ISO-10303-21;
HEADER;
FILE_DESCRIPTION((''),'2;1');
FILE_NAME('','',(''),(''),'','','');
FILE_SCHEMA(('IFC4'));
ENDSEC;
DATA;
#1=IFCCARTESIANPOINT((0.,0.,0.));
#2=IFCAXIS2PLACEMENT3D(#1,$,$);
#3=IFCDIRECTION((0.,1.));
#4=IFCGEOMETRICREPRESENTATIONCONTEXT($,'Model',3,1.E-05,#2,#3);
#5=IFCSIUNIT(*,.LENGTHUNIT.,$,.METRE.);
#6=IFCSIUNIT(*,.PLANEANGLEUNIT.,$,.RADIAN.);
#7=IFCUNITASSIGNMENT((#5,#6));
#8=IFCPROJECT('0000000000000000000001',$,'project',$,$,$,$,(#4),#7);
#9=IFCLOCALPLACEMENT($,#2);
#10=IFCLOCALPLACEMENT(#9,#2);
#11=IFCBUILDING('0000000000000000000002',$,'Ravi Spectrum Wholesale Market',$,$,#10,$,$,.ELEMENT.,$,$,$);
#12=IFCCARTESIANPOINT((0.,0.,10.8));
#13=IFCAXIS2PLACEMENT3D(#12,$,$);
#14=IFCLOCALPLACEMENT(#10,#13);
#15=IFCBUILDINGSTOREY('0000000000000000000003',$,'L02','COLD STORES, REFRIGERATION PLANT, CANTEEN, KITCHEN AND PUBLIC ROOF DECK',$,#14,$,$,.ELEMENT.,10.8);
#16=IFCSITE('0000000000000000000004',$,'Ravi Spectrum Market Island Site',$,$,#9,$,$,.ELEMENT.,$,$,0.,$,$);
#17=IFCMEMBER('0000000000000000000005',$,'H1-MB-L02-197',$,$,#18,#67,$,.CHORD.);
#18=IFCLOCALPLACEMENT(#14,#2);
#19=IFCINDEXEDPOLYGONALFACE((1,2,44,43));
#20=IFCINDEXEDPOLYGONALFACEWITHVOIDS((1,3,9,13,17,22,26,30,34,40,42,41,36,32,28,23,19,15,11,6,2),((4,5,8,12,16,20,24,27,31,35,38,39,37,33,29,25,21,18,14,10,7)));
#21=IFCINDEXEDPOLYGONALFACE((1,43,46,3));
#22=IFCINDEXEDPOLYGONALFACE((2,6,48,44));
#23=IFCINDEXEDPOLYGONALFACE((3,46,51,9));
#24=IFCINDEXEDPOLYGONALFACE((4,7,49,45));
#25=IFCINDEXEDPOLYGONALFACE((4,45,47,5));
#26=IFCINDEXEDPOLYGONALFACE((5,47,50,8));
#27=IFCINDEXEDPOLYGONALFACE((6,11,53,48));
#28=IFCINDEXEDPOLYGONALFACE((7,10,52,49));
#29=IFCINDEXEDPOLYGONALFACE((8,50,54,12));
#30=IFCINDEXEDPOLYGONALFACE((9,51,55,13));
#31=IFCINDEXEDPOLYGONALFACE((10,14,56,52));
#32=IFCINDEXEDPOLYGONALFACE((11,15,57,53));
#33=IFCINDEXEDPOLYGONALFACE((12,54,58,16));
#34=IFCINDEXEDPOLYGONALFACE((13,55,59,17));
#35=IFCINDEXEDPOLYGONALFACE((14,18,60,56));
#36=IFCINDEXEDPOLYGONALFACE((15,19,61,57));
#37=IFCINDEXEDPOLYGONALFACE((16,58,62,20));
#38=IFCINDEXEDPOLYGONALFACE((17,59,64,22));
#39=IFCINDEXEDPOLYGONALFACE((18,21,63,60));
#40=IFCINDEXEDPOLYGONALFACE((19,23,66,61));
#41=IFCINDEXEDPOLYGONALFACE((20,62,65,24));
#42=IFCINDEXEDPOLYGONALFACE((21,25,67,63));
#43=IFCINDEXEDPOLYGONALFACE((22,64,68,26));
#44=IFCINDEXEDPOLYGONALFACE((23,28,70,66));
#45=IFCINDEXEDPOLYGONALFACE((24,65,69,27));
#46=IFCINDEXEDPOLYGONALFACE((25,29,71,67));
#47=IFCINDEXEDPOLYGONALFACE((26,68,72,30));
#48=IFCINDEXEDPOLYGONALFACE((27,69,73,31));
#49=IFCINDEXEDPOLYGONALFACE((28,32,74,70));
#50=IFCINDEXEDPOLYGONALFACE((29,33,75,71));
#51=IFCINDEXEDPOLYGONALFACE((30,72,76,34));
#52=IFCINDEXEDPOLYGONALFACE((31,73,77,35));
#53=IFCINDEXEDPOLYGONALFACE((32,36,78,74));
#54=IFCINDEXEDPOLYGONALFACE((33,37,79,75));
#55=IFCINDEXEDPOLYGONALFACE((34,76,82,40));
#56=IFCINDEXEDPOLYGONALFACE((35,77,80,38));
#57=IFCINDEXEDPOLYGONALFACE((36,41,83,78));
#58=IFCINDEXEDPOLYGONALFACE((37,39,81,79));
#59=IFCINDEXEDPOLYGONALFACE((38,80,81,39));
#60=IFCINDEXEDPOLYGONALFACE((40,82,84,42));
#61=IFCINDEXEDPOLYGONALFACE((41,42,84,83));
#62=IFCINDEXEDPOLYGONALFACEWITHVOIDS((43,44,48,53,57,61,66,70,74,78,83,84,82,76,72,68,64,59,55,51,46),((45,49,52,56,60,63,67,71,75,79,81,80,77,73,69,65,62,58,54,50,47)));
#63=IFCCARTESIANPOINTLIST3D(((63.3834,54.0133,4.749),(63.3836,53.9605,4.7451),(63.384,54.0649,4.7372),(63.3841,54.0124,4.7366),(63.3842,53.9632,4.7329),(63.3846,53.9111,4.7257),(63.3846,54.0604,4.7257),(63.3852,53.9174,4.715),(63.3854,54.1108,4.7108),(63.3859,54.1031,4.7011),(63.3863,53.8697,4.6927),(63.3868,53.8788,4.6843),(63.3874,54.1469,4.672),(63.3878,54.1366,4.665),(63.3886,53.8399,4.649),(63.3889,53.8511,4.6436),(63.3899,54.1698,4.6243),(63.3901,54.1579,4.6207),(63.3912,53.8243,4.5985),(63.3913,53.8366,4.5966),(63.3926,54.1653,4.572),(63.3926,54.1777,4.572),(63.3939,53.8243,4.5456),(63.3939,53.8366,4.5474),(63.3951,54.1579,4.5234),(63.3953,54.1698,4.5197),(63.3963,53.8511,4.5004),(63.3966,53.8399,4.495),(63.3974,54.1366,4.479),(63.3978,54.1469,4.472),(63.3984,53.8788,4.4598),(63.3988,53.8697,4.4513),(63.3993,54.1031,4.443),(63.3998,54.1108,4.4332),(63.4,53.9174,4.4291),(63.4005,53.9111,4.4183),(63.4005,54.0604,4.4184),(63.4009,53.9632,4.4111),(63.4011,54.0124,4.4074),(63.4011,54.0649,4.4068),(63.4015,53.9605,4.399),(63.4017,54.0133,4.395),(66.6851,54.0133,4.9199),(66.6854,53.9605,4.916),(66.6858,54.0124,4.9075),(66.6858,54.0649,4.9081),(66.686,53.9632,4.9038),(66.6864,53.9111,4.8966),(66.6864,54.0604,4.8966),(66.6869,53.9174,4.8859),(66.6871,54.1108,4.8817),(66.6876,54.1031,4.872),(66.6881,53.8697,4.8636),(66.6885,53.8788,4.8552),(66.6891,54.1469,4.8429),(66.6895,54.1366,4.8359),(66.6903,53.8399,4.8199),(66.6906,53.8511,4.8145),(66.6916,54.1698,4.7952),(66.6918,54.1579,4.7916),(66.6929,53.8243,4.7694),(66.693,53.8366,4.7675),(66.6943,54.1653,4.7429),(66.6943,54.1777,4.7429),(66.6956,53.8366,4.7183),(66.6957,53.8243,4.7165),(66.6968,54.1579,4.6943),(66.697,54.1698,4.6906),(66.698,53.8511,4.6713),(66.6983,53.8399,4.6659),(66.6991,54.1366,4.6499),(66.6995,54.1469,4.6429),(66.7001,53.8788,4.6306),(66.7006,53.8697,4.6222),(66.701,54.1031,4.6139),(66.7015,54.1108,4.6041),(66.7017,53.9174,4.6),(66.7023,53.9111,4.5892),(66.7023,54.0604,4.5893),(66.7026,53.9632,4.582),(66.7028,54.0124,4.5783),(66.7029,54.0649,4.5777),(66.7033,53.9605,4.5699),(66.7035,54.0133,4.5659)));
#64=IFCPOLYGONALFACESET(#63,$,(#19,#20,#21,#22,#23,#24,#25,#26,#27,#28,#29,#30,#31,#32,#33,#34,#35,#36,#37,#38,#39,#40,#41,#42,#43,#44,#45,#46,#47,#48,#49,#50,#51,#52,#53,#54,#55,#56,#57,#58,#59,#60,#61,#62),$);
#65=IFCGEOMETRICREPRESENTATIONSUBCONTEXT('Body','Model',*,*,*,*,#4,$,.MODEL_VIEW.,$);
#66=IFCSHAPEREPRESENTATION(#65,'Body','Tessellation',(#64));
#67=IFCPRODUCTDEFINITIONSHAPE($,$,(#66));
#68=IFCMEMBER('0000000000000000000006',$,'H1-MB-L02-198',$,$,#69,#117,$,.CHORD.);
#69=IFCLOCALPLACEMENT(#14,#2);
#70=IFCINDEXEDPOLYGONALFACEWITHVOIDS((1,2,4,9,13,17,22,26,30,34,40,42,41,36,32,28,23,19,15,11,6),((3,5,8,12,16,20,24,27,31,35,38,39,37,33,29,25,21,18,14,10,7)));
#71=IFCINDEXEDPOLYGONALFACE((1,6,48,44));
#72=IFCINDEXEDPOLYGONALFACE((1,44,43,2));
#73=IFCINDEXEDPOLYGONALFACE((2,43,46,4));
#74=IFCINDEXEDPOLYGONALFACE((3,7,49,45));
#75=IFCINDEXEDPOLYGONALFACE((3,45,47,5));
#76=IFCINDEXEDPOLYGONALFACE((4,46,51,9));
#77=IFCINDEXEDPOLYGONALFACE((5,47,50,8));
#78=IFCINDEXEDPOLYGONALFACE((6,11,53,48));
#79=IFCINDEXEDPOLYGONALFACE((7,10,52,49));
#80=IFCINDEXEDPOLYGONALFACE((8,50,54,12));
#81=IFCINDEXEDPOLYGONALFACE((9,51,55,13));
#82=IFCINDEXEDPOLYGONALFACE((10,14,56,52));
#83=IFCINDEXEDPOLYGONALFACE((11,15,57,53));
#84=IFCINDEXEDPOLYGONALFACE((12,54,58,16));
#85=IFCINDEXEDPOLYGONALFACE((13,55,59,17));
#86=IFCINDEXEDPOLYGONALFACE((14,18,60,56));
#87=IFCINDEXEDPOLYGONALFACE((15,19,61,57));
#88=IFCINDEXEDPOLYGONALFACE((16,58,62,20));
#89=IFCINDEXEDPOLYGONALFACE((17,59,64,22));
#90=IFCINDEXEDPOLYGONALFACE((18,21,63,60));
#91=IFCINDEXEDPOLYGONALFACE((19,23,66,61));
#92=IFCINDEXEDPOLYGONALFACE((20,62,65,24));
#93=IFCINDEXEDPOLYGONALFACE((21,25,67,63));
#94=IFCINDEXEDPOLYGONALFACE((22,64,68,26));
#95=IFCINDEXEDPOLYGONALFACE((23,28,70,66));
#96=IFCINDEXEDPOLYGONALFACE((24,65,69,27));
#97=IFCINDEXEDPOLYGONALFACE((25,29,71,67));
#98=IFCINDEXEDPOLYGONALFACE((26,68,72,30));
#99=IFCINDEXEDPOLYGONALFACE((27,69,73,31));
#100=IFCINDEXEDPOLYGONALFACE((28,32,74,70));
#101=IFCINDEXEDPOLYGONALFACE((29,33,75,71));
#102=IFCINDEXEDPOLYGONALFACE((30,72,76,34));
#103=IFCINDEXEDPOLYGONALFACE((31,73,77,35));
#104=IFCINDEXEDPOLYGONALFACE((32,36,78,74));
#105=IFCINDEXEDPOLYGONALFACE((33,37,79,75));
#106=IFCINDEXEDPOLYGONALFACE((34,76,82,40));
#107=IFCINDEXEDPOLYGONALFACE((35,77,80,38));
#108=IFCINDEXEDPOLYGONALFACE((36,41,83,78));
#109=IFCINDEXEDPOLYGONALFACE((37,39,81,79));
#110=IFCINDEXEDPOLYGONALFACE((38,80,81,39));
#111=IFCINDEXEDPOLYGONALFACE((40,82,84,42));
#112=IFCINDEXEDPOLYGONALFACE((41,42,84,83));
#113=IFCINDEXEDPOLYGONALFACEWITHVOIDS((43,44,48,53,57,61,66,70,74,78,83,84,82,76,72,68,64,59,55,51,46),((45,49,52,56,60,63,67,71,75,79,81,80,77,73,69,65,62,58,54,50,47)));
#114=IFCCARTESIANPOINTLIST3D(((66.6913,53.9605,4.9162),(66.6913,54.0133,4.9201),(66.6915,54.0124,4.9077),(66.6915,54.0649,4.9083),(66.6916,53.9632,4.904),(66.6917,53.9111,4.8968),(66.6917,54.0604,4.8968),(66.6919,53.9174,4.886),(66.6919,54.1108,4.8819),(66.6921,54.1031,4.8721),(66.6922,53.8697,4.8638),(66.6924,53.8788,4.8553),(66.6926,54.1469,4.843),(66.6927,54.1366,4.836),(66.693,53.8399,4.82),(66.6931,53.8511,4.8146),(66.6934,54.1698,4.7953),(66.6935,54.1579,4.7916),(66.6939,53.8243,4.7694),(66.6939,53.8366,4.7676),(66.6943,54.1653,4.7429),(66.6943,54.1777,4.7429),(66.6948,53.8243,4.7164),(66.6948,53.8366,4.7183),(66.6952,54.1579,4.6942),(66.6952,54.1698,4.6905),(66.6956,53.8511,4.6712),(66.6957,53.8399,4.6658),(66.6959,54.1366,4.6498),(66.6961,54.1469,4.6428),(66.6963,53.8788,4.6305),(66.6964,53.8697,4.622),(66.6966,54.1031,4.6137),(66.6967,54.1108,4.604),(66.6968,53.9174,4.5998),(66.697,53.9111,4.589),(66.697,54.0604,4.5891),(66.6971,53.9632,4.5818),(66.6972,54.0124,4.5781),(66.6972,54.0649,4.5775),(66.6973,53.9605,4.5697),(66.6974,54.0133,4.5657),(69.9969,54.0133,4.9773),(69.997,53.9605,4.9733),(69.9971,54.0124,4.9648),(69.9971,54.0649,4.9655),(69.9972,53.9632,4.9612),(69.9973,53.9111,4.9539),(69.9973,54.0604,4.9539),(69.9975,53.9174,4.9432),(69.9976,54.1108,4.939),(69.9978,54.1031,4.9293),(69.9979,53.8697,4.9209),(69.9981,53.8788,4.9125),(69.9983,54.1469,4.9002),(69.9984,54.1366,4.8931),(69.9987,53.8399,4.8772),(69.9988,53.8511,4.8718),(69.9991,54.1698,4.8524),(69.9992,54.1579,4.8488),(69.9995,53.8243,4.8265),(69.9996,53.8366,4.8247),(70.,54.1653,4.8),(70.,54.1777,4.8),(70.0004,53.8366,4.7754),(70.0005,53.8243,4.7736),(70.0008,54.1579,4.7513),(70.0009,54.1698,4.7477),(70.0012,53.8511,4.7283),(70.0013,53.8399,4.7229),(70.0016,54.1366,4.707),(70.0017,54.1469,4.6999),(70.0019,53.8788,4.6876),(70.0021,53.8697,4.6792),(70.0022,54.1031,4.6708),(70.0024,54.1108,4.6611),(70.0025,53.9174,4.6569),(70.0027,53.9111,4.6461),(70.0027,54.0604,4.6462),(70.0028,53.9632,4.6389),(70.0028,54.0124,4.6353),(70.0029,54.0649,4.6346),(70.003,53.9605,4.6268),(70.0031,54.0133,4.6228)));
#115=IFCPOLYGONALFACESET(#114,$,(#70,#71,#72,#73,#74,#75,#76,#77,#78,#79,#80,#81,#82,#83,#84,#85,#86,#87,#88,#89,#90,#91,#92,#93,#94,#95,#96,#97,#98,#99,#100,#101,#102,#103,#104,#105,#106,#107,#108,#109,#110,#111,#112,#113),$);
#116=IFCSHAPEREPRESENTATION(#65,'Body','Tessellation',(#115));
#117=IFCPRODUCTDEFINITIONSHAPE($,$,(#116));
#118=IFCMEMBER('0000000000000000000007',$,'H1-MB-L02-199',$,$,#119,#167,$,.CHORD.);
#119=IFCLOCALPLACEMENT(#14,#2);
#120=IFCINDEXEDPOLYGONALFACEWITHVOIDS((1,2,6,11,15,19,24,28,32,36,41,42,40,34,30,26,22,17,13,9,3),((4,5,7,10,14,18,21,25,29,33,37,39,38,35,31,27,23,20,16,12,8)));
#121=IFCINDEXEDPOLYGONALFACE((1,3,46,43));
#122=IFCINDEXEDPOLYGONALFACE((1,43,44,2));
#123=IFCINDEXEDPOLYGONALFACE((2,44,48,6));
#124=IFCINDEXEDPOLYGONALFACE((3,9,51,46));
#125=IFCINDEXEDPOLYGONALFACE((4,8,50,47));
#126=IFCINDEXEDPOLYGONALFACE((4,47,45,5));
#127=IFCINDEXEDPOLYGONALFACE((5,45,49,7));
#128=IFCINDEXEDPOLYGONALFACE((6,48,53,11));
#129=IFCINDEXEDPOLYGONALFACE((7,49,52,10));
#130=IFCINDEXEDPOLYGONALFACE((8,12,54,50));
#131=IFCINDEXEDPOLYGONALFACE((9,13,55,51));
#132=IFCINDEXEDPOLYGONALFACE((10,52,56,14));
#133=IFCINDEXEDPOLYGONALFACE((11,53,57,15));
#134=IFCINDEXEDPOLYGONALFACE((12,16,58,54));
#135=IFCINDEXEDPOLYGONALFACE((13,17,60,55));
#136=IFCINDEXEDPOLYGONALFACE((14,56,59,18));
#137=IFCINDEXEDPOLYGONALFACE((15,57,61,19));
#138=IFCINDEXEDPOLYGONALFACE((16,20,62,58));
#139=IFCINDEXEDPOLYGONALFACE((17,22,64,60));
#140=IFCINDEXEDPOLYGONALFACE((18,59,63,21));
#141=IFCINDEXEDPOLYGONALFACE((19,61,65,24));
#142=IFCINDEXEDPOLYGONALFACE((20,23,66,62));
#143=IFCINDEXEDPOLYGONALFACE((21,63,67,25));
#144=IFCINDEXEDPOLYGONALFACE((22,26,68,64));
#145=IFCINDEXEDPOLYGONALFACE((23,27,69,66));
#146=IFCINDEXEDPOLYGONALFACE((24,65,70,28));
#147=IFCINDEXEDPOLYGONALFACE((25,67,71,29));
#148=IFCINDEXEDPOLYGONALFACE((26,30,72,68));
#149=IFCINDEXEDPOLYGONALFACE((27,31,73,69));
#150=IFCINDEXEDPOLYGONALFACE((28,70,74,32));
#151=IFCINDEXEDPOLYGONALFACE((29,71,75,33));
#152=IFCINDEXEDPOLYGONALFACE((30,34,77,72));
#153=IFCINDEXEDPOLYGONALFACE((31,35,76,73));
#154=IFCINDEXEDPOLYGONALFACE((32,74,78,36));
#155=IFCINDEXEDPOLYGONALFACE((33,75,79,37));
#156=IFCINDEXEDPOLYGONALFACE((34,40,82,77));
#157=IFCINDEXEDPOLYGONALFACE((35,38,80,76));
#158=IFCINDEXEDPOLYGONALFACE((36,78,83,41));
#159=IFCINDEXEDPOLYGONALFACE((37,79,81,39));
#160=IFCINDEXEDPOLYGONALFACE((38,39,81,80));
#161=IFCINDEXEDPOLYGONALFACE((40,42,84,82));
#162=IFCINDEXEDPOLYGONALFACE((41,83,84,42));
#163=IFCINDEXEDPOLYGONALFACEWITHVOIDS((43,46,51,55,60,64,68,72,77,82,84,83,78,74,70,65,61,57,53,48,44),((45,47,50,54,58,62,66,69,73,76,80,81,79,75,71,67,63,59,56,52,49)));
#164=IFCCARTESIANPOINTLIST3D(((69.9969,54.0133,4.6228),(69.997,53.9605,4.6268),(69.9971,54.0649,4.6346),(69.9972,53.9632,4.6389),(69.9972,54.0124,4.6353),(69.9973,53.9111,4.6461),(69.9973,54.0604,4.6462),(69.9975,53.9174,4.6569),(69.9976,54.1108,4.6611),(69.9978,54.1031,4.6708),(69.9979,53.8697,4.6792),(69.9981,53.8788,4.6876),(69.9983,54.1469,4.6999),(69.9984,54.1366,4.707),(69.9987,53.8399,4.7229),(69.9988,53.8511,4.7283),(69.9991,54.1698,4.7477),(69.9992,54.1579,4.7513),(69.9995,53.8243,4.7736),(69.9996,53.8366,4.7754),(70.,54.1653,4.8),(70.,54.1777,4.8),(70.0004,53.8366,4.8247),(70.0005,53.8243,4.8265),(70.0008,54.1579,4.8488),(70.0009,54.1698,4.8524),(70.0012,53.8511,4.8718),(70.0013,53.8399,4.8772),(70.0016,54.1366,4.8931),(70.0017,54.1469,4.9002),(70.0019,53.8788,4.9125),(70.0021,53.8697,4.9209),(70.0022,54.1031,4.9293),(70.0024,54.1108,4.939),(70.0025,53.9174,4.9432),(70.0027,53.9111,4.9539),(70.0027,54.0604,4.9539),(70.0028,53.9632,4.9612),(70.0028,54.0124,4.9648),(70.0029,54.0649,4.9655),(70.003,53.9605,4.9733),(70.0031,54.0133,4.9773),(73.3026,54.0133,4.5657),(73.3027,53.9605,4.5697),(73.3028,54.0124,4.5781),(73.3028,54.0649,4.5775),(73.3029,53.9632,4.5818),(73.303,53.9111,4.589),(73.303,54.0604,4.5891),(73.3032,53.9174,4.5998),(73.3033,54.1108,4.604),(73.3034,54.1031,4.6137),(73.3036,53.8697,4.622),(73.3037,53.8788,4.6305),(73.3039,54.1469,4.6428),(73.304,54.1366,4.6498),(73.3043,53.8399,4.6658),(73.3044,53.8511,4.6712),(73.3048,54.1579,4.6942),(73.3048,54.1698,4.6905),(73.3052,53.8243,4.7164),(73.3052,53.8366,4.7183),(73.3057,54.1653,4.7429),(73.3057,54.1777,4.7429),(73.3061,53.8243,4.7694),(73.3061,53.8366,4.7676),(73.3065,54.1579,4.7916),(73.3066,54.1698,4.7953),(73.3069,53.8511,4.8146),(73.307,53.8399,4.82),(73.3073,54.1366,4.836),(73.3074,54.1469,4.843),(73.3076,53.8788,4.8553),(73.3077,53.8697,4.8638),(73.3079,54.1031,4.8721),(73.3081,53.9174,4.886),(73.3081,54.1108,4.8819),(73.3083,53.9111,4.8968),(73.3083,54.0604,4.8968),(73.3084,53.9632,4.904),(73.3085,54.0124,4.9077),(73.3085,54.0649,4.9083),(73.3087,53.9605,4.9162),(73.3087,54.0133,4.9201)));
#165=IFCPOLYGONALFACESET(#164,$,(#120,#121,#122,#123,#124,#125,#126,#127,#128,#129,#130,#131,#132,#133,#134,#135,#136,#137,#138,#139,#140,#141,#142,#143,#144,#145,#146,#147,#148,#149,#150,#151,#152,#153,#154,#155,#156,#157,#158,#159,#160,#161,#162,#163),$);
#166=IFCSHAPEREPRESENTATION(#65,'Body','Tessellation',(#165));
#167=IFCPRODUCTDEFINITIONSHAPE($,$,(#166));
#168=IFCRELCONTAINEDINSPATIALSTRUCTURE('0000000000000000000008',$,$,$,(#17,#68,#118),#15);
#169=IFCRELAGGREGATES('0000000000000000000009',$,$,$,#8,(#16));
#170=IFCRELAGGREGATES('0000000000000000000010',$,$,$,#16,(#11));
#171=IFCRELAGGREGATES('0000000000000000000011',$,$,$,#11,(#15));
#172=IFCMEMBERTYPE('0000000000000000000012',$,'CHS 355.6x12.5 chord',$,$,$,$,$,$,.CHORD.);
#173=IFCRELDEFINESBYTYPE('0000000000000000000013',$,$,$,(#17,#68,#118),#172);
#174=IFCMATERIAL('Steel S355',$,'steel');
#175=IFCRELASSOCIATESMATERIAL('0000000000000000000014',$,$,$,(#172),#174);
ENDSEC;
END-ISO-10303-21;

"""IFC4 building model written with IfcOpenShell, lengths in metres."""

from ifc_helpers import new_model, si_unit, direction, frame, origin, origin_2d, place, context, subcontext, project, spatial, hollow_circle, extrude, material, material_profile, profile_set, type_object, element, save


model = new_model("IFC4")

# Units and contexts
model_context = context("Model", 3, precision=1e-05, world=origin(), true_north=direction((0.0, 1.0)))
body_context = subcontext(model_context, "Body", "Model", "MODEL_VIEW")
ifc_project = project(units=[si_unit("LENGTHUNIT", "METRE"), si_unit("PLANEANGLEUNIT", "RADIAN")], contexts=[model_context])

# Site, building, storey
site_placement = place(None, origin())
site = spatial("IfcSite", under=ifc_project, at=site_placement, Name="Ravi Spectrum Market Island Site", CompositionType="ELEMENT", RefElevation=0.0)
building_placement = place(site_placement, origin())
building = spatial("IfcBuilding", under=site, at=building_placement, Name="Ravi Spectrum Wholesale Market", CompositionType="ELEMENT")
storey_placement = place(building_placement, frame((0.0, 0.0, 10.8)))
storey = spatial("IfcBuildingStorey", under=building, at=storey_placement, Name="L02", Description="COLD STORES, REFRIGERATION PLANT, CANTEEN, KITCHEN AND PUBLIC ROOF DECK", CompositionType="ELEMENT", Elevation=10.8)

# Members
ifc_material_1 = material(Name="Steel S355", Category="steel")
ifc_material_profile_1 = material_profile(ifc_material_1, hollow_circle(Radius=0.1777, WallThickness=0.0125, at=origin_2d()))
ifc_profile_set_1 = profile_set([ifc_material_profile_1], Name="Steel S355")
member_type_1 = type_object("IfcMemberType", Name="CHS 355.6x12.5 chord", PredefinedType="CHORD", material=ifc_profile_set_1)
for number, where, z_axis, x_axis, name in (
    (1, (63.3926, 54.0, 4.572), (0.998663, 0.0, 0.051691), (0.0, 1.0, 0.0), "H1-MB-L02-197"),
    (2, (66.6943, 54.0, 4.7429), (0.999851, 0.0, 0.01728), (0.0, 1.0, 0.0), "H1-MB-L02-198"),
    (3, (70.0, 54.0, 4.8), (0.999851, 0.0, -0.01728), (0.0, 1.0, 0.0), "H1-MB-L02-199"),
):
    element("IfcMember", number, at=place(storey_placement, frame(where, z_axis=z_axis, x_axis=x_axis)), inside=storey, type_object=member_type_1, Name=name, PredefinedType="CHORD", context=body_context, shape_type="SweptSolid", body=[
        extrude(hollow_circle(Radius=0.1777, WallThickness=0.0125, at=origin_2d()), origin(), (0.0, 0.0, 1.0), 3.3062),
    ])

save(model, "model.ifc")
